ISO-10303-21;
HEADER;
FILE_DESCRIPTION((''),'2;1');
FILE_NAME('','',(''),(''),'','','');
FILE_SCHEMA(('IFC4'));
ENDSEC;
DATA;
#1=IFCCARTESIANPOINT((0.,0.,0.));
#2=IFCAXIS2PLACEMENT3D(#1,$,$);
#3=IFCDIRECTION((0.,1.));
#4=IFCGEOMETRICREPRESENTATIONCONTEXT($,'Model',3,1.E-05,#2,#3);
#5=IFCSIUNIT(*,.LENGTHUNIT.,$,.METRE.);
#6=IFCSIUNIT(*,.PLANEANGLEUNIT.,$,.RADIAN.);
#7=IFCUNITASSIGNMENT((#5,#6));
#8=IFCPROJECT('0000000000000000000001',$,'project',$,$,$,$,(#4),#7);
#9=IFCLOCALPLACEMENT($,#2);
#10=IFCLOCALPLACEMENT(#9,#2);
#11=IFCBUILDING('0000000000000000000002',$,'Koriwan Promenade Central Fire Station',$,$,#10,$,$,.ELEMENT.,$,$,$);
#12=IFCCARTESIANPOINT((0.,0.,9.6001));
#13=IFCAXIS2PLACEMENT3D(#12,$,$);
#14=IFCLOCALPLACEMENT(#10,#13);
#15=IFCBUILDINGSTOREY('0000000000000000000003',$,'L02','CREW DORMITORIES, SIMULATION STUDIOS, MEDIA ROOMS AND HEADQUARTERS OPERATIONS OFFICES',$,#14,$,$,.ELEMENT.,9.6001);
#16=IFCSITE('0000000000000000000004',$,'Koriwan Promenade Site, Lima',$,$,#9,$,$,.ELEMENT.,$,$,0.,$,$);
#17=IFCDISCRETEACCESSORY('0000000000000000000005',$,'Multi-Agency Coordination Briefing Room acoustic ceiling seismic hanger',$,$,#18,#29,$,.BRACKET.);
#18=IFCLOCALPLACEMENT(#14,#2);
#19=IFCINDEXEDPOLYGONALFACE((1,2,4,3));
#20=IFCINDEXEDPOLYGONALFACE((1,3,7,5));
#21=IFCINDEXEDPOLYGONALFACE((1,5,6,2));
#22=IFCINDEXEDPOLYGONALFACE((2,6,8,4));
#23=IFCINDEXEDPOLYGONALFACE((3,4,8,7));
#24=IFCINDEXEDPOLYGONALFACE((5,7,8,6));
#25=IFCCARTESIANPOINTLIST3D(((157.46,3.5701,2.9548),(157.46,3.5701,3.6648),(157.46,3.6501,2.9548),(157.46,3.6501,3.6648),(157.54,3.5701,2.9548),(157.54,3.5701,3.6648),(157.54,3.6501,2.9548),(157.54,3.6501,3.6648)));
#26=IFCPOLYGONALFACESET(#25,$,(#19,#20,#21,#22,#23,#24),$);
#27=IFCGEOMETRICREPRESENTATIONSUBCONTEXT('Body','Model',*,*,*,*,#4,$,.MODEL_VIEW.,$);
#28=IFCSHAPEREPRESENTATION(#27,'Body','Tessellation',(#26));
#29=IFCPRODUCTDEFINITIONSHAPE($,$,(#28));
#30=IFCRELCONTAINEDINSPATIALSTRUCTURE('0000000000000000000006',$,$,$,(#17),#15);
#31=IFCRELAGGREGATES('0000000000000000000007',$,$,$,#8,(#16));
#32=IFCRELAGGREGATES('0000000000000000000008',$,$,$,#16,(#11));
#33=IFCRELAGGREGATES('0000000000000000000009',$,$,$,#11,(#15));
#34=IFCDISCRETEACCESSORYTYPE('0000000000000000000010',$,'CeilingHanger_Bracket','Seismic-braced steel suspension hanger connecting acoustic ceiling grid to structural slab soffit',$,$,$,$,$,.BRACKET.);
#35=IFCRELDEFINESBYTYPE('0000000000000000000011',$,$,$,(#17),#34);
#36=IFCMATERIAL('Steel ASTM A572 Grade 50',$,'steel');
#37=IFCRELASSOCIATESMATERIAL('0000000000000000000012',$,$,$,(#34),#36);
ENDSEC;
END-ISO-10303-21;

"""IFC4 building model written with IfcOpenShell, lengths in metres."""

from ifc_helpers import new_model, si_unit, direction, frame, origin, origin_2d, place, context, subcontext, project, spatial, rectangle, extrude, material, type_object, element, save


model = new_model("IFC4")

# Units and contexts
model_context = context("Model", 3, precision=1e-05, world=origin(), true_north=direction((0.0, 1.0)))
body_context = subcontext(model_context, "Body", "Model", "MODEL_VIEW")
ifc_project = project(units=[si_unit("LENGTHUNIT", "METRE"), si_unit("PLANEANGLEUNIT", "RADIAN")], contexts=[model_context])

# Site, building, storey
site_placement = place(None, origin())
site = spatial("IfcSite", under=ifc_project, at=site_placement, Name="Koriwan Promenade Site, Lima", CompositionType="ELEMENT", RefElevation=0.0)
building_placement = place(site_placement, origin())
building = spatial("IfcBuilding", under=site, at=building_placement, Name="Koriwan Promenade Central Fire Station", CompositionType="ELEMENT")
storey_placement = place(building_placement, frame((0.0, 0.0, 9.6001)))
storey = spatial("IfcBuildingStorey", under=building, at=storey_placement, Name="L02", Description="CREW DORMITORIES, SIMULATION STUDIOS, MEDIA ROOMS AND HEADQUARTERS OPERATIONS OFFICES", CompositionType="ELEMENT", Elevation=9.6001)

# Discrete accessory
ifc_material_1 = material(Name="Steel ASTM A572 Grade 50", Category="steel")
discrete_accessory_type = type_object("IfcDiscreteAccessoryType", Name="CeilingHanger_Bracket", Description="Seismic-braced steel suspension hanger connecting acoustic ceiling grid to structural slab soffit", PredefinedType="BRACKET", material=ifc_material_1)
discrete_accessory_placement = place(storey_placement, frame((157.5, 3.6101, 2.9548), z_axis=(0.0, 0.0, 1.0), x_axis=(1.0, 0.0, 0.0)))
element("IfcDiscreteAccessory", 1, at=discrete_accessory_placement, inside=storey, type_object=discrete_accessory_type, Name="Multi-Agency Coordination Briefing Room acoustic ceiling seismic hanger", PredefinedType="BRACKET", context=body_context, shape_type="SweptSolid", body=[
    extrude(rectangle(XDim=0.0801, YDim=0.0801, at=origin_2d()), origin(), (0.0, 0.0, 1.0), 0.71),
])

save(model, "model.ifc")
